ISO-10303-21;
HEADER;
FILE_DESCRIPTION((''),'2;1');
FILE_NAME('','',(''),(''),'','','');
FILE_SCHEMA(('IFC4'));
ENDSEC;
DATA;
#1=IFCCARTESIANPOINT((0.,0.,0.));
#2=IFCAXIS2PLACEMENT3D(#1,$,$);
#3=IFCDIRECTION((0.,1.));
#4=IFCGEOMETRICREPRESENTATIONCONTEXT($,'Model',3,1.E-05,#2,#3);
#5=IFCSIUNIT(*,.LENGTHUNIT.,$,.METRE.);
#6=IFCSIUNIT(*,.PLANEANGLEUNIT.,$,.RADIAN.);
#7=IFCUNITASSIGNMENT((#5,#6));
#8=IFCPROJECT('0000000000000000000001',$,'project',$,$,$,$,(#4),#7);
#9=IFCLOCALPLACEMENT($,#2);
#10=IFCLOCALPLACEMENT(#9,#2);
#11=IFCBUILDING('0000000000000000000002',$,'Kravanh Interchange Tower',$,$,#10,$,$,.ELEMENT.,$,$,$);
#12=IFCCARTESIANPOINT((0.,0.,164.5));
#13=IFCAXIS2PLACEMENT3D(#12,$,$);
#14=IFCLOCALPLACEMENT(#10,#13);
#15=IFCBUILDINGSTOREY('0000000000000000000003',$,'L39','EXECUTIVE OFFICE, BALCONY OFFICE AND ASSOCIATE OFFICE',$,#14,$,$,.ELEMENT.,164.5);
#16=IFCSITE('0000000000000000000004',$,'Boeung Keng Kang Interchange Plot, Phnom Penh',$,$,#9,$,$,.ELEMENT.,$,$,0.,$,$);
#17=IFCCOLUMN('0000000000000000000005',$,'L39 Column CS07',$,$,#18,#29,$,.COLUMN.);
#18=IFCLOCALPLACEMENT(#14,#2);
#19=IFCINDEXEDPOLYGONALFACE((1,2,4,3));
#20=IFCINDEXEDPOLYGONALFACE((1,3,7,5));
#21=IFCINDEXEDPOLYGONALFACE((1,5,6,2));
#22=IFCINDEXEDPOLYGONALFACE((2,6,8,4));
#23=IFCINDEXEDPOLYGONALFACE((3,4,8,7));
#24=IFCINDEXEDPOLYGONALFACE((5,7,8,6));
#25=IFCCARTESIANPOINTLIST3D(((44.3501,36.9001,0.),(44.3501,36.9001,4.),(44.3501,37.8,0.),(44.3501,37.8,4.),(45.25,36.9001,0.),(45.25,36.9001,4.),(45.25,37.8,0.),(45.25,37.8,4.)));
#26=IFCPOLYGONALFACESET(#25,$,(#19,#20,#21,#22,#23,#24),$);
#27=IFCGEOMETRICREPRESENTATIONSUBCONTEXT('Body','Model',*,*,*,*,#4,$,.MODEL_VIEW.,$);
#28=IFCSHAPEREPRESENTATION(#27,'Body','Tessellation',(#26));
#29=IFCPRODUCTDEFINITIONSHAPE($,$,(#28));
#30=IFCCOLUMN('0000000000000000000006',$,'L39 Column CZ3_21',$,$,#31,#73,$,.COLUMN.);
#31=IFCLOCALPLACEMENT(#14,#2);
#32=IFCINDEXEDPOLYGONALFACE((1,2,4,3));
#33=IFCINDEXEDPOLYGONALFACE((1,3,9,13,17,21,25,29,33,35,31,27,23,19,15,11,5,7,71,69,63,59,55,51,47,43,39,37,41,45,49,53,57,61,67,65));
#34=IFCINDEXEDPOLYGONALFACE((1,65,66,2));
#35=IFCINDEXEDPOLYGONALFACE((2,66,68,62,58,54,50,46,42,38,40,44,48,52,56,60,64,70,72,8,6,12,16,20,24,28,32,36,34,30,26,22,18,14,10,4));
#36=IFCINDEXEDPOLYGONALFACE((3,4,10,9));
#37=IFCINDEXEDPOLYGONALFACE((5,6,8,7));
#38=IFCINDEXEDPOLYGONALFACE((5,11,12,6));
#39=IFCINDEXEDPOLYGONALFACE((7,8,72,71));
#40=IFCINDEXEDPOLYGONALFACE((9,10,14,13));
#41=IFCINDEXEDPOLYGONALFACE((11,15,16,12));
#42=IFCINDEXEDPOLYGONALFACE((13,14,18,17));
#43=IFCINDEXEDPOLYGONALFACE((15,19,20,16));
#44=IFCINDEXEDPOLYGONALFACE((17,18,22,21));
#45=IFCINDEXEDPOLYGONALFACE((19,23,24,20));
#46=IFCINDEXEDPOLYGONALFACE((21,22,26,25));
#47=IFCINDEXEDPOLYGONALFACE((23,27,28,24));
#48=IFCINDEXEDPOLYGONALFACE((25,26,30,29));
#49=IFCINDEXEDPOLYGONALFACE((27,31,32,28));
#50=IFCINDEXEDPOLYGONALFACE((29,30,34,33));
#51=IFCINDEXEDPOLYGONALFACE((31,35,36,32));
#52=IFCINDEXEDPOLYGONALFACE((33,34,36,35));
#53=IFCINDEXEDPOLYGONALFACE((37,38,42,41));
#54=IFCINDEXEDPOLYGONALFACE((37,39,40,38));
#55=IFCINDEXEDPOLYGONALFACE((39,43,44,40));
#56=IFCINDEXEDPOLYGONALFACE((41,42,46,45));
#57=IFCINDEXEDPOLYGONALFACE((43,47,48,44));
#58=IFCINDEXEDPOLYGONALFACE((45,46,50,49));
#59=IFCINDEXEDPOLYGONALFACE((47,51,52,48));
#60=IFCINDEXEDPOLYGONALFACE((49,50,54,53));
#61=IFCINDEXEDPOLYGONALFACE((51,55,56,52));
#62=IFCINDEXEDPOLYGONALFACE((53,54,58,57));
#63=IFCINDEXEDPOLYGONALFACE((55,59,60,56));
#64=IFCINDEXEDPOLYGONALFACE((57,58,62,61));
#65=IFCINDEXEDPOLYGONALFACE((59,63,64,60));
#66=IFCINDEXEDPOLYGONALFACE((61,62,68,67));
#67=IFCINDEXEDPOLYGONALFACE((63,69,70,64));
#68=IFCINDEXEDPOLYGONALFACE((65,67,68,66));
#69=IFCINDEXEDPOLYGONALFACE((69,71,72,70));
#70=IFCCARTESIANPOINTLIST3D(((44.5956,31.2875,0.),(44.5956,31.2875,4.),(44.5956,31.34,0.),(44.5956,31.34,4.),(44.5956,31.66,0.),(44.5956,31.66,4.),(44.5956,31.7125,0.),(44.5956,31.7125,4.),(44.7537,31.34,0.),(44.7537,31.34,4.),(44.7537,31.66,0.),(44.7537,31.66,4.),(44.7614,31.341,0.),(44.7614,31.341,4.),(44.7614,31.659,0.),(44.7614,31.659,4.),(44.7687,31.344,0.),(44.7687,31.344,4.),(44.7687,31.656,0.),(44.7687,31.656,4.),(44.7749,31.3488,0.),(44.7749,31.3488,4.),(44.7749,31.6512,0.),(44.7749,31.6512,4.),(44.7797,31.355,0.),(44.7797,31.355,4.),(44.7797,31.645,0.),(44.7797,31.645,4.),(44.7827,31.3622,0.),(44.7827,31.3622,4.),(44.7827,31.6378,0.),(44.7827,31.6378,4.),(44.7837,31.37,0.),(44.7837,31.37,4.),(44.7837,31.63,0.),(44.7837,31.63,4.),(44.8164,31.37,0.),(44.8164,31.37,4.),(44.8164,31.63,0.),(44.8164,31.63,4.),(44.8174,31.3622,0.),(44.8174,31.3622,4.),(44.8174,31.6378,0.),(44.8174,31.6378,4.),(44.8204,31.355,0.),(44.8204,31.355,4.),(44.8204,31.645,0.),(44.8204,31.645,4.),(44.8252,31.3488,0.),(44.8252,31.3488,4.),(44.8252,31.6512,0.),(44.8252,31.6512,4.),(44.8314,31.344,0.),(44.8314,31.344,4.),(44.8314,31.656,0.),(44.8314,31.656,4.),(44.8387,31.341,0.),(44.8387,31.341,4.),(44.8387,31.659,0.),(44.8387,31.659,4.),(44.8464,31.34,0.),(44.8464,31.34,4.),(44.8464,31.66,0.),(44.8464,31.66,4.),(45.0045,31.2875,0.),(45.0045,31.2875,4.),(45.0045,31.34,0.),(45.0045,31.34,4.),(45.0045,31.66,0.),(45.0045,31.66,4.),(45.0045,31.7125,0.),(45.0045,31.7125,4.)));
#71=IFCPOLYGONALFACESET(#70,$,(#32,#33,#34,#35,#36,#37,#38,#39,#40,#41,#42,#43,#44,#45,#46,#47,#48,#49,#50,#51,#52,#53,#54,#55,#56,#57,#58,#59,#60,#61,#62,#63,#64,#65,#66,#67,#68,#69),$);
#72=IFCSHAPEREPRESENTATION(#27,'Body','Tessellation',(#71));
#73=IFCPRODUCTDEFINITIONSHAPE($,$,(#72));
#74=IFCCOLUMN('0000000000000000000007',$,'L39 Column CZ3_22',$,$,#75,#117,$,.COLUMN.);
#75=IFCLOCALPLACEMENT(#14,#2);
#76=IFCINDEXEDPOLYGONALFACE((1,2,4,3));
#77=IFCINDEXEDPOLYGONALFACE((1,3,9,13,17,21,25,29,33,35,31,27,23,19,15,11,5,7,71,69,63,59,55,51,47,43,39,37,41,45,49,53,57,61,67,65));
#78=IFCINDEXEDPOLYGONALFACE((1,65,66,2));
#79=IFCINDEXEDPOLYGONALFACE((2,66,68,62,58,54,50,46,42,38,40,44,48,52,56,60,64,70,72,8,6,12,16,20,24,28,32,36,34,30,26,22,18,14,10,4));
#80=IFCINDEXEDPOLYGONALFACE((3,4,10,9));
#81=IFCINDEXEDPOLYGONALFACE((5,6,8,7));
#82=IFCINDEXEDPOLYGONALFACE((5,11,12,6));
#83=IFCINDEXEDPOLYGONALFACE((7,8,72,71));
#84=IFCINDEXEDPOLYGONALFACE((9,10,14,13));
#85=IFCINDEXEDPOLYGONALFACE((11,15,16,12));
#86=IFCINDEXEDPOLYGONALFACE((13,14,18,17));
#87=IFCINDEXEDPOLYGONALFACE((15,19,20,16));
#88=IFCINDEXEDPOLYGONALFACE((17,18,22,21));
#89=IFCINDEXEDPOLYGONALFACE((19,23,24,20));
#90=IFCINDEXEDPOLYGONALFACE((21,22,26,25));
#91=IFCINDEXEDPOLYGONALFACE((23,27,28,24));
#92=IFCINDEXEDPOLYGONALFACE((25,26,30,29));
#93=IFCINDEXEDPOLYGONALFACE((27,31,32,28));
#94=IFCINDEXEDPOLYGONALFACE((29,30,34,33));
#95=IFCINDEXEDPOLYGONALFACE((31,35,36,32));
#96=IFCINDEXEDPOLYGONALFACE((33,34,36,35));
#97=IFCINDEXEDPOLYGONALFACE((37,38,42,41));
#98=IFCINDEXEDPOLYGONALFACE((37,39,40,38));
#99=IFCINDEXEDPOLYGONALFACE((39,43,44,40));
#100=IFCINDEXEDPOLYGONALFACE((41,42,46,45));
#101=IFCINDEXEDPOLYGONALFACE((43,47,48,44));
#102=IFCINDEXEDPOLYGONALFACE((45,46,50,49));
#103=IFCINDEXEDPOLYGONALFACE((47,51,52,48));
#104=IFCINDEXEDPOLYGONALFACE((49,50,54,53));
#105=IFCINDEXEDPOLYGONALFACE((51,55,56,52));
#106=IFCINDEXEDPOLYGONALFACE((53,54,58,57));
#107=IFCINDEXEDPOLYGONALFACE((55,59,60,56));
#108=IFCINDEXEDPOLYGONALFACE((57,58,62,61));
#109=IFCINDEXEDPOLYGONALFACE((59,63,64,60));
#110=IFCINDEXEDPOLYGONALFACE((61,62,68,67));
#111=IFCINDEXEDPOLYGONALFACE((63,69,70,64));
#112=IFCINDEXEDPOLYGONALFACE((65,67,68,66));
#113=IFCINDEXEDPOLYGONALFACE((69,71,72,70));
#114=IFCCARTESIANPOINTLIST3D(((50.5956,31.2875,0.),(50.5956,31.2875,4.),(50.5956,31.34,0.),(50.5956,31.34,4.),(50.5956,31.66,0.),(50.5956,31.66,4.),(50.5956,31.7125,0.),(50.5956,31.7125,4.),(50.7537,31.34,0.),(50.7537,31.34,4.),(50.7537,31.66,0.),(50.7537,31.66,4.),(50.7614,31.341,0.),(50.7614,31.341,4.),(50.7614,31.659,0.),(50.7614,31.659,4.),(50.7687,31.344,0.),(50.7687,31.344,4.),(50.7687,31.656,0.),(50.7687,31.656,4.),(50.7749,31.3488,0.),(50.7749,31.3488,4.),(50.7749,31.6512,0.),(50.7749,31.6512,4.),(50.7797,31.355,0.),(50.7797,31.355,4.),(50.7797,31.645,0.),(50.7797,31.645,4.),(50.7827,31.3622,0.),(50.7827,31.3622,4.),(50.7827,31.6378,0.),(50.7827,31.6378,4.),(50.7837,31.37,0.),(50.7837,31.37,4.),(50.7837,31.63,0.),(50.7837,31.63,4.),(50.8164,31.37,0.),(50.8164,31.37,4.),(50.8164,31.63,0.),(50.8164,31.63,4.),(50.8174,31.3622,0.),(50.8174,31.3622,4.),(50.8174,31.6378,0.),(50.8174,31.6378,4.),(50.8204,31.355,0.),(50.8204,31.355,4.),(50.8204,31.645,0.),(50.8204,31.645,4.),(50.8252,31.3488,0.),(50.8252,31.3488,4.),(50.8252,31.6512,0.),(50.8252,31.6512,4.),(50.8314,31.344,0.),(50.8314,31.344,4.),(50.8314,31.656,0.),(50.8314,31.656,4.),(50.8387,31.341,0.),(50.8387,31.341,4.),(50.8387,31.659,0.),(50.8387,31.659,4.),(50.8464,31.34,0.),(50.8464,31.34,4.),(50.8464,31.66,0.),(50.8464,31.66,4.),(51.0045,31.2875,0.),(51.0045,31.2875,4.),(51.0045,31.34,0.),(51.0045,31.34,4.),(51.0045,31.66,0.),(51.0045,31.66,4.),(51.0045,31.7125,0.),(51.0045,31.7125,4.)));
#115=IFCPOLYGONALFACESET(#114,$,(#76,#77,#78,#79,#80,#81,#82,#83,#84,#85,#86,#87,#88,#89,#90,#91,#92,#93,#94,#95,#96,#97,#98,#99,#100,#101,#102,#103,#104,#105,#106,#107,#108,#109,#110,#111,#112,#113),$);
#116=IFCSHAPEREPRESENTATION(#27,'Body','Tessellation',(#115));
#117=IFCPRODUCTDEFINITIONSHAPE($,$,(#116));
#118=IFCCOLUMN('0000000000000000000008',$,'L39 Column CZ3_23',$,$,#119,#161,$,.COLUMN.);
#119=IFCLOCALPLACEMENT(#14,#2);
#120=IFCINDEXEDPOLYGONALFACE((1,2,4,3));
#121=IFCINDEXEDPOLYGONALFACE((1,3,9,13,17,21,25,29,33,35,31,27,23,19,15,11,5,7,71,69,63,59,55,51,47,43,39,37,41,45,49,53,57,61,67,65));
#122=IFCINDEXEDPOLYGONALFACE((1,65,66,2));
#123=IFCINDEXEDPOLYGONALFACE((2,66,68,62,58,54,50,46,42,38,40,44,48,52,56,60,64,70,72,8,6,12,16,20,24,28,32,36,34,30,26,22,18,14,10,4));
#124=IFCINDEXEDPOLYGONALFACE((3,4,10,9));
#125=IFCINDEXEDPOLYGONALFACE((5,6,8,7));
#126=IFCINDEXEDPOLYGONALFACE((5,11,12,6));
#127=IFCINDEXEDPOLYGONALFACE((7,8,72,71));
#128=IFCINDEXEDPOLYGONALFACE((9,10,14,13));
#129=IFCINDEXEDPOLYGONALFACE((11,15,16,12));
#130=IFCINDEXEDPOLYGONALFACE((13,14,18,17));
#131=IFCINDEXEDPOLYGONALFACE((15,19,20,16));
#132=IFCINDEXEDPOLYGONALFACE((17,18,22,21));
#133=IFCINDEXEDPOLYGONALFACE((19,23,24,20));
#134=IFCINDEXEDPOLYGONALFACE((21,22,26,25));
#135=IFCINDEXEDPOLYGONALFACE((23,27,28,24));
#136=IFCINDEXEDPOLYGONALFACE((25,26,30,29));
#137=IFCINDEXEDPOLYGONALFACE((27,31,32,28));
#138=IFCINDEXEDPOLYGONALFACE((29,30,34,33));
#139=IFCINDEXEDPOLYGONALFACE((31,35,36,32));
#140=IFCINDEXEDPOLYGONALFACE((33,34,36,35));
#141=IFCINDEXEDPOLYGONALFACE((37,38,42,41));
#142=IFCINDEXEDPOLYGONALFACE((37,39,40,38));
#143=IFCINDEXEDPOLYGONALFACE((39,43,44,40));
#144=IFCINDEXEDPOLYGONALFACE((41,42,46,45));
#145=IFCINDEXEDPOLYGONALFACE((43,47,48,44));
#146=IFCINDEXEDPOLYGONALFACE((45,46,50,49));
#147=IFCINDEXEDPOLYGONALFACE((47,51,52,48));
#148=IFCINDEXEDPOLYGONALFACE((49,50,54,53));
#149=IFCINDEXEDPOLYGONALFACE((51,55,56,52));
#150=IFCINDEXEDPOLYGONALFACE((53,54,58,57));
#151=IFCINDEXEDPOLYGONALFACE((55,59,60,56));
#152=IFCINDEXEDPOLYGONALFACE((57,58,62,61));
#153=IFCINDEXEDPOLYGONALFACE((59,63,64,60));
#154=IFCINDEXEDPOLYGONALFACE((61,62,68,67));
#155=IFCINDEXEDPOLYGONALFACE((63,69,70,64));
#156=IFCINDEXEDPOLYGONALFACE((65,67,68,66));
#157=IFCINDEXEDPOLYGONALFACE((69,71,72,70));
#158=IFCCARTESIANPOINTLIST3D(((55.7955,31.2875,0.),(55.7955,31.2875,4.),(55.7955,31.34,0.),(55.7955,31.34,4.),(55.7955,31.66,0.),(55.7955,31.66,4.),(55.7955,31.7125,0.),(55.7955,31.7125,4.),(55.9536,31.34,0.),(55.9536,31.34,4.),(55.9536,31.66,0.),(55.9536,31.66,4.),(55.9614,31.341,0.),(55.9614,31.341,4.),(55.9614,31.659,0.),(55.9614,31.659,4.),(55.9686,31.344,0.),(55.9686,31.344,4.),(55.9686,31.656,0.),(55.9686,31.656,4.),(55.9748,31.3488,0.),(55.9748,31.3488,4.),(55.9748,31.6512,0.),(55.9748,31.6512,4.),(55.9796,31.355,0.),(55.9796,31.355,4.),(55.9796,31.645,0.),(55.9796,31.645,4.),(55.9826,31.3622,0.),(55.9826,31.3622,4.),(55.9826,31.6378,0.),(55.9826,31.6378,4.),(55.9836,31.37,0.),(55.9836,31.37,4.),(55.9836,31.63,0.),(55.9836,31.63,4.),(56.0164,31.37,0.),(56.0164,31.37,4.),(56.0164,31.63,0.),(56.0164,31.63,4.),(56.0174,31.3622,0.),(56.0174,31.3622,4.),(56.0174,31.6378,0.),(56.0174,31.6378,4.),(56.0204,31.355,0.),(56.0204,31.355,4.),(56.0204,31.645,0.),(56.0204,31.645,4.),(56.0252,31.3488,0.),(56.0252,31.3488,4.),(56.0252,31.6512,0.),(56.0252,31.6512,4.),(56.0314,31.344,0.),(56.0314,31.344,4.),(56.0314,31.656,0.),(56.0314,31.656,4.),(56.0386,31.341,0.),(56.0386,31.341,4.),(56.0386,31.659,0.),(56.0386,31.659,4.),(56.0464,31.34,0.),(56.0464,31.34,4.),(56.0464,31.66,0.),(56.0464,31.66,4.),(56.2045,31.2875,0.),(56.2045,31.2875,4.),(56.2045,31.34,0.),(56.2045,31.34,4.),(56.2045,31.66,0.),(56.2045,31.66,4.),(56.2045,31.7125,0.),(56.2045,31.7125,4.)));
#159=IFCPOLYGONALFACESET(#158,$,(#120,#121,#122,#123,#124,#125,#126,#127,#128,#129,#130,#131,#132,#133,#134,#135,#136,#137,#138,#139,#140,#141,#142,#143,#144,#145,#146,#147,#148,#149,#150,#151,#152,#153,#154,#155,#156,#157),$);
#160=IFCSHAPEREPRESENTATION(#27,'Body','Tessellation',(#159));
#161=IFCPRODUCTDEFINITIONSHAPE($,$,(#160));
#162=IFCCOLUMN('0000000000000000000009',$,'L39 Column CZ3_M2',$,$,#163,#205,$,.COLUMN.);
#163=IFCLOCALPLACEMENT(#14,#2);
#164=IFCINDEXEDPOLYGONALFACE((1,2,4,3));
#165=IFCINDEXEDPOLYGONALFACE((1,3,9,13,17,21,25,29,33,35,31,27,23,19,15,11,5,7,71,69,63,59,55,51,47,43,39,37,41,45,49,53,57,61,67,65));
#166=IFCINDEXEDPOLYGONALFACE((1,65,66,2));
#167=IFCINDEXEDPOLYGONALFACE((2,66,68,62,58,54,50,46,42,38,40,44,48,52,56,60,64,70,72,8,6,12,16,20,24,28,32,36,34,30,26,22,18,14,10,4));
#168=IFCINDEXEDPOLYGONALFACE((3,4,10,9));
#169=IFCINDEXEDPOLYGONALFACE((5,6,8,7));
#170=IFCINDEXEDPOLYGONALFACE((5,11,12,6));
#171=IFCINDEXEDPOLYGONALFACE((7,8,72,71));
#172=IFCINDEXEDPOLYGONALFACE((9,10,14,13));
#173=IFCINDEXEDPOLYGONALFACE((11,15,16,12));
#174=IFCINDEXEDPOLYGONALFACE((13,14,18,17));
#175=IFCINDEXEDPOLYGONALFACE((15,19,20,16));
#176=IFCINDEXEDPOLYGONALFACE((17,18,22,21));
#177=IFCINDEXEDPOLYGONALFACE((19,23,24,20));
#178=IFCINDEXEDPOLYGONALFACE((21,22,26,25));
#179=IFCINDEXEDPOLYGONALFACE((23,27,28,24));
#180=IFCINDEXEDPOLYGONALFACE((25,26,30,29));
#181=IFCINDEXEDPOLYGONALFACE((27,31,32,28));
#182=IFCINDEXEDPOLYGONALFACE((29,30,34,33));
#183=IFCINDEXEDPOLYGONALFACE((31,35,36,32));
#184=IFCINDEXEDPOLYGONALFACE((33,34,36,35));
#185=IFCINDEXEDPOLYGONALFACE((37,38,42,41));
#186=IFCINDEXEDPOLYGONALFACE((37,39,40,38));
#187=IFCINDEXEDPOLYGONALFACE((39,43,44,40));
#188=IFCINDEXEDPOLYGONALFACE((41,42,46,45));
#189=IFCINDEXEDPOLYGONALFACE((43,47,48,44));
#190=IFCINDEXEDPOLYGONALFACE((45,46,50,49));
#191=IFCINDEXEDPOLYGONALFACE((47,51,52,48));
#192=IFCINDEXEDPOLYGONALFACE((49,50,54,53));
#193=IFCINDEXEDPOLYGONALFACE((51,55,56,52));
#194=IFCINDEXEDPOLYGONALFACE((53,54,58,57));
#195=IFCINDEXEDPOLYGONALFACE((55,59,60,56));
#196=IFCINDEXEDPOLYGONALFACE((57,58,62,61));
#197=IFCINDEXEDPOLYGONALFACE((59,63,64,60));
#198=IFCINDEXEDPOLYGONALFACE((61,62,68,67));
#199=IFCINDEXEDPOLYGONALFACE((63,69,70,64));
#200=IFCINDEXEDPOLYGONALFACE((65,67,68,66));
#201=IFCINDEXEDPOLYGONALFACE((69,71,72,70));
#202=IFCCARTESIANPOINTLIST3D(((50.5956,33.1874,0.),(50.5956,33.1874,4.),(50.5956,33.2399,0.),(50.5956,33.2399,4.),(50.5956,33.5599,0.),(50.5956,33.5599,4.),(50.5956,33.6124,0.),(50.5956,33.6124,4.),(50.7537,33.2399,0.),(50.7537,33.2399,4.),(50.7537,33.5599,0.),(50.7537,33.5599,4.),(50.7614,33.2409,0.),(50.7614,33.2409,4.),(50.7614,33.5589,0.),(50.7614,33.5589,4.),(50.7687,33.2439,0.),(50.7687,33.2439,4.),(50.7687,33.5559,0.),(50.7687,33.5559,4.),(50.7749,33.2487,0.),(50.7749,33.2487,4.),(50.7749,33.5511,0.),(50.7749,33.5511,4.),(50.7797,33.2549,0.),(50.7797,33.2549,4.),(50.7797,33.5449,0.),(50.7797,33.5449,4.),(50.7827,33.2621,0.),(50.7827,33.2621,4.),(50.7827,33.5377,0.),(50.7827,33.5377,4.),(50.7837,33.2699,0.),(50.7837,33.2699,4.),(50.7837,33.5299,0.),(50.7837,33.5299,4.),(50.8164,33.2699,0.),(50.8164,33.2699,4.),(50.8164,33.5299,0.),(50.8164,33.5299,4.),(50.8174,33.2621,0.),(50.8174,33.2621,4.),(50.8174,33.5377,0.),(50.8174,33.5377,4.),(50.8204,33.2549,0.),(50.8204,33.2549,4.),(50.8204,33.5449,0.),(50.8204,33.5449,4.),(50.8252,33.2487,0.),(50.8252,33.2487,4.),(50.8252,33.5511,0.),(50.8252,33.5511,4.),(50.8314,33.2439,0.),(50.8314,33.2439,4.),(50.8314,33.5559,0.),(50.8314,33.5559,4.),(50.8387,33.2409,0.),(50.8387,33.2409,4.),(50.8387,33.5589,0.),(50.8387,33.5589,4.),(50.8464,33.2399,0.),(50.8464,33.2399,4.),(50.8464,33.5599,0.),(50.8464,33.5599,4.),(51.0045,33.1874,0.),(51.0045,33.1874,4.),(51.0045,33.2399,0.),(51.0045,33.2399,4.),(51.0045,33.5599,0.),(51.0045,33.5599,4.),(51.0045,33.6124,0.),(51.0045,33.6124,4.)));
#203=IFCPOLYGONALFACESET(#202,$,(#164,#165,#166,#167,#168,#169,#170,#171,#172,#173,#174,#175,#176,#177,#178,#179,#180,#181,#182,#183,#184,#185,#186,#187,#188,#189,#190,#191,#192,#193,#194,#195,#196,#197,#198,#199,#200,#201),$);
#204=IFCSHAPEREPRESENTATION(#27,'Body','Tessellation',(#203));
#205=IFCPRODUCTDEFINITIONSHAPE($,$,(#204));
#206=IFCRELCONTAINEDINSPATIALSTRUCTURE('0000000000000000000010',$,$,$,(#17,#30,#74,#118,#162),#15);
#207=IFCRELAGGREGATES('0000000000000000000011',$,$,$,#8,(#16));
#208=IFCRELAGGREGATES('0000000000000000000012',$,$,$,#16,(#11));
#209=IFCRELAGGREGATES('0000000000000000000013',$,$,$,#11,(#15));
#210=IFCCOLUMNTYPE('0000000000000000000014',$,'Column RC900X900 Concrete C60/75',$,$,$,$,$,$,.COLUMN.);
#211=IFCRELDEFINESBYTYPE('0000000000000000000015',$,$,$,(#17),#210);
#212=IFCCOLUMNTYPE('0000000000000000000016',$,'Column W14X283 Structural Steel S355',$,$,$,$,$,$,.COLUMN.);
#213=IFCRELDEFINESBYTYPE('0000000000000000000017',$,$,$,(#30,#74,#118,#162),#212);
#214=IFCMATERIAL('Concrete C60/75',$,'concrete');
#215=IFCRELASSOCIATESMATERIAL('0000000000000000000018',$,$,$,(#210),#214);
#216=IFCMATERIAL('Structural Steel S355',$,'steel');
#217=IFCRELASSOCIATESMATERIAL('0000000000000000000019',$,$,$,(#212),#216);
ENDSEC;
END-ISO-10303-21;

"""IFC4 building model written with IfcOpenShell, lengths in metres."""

from ifc_helpers import new_model, si_unit, direction, frame, origin, origin_2d, place, context, subcontext, project, spatial, rectangle, i_section, extrude, material, material_profile, profile_set, type_object, element, save


model = new_model("IFC4")

# Units and contexts
model_context = context("Model", 3, precision=1e-05, world=origin(), true_north=direction((0.0, 1.0)))
body_context = subcontext(model_context, "Body", "Model", "MODEL_VIEW")
ifc_project = project(units=[si_unit("LENGTHUNIT", "METRE"), si_unit("PLANEANGLEUNIT", "RADIAN")], contexts=[model_context])

# Site, building, storey
site_placement = place(None, origin())
site = spatial("IfcSite", under=ifc_project, at=site_placement, Name="Boeung Keng Kang Interchange Plot, Phnom Penh", CompositionType="ELEMENT", RefElevation=0.0)
building_placement = place(site_placement, origin())
building = spatial("IfcBuilding", under=site, at=building_placement, Name="Kravanh Interchange Tower", CompositionType="ELEMENT")
storey_placement = place(building_placement, frame((0.0, 0.0, 164.5)))
storey = spatial("IfcBuildingStorey", under=building, at=storey_placement, Name="L39", Description="EXECUTIVE OFFICE, BALCONY OFFICE AND ASSOCIATE OFFICE", CompositionType="ELEMENT", Elevation=164.5)

# Columns
ifc_material_1 = material(Name="Concrete C60/75", Category="concrete")
ifc_material_profile_1 = material_profile(ifc_material_1, rectangle(XDim=0.8999, YDim=0.8999, at=origin_2d()), Name="RC900X900")
ifc_profile_set_1 = profile_set([ifc_material_profile_1], Name="Concrete C60/75")
column_type_1 = type_object("IfcColumnType", Name="Column RC900X900 Concrete C60/75", PredefinedType="COLUMN", material=ifc_profile_set_1)
column_placement = place(storey_placement, frame((44.8, 37.3501, 0.0), z_axis=(0.0, 0.0, 1.0), x_axis=(1.0, 0.0, 0.0)))
element("IfcColumn", 1, at=column_placement, inside=storey, type_object=column_type_1, Name="L39 Column CS07", PredefinedType="COLUMN", context=body_context, shape_type="SweptSolid", body=[
    extrude(rectangle(XDim=0.8999, YDim=0.8999, at=origin_2d()), origin(), (0.0, 0.0, 1.0), 4.0),
])
ifc_material_2 = material(Name="Structural Steel S355", Category="steel")
ifc_material_profile_2 = material_profile(ifc_material_2, i_section(OverallWidth=0.4089, OverallDepth=0.425, WebThickness=0.0327, FlangeThickness=0.0525, FilletRadius=0.03, at=origin_2d()), Name="W14X283")
ifc_profile_set_2 = profile_set([ifc_material_profile_2], Name="Structural Steel S355")
column_type_2 = type_object("IfcColumnType", Name="Column W14X283 Structural Steel S355", PredefinedType="COLUMN", material=ifc_profile_set_2)
for number, where, z_axis, x_axis, name in (
    (2, (44.8, 31.5, 0.0), (0.0, 0.0, 1.0), (1.0, 0.0, 0.0), "L39 Column CZ3_21"),
    (3, (50.8, 31.5, 0.0), (0.0, 0.0, 1.0), (1.0, 0.0, 0.0), "L39 Column CZ3_22"),
    (4, (56.0, 31.5, 0.0), (0.0, 0.0, 1.0), (1.0, 0.0, 0.0), "L39 Column CZ3_23"),
    (5, (50.8, 33.3999, 0.0), (0.0, 0.0, 1.0), (1.0, 0.0, 0.0), "L39 Column CZ3_M2"),
):
    element("IfcColumn", number, at=place(storey_placement, frame(where, z_axis=z_axis, x_axis=x_axis)), inside=storey, type_object=column_type_2, Name=name, PredefinedType="COLUMN", context=body_context, shape_type="SweptSolid", body=[
        extrude(i_section(OverallWidth=0.4089, OverallDepth=0.425, WebThickness=0.0327, FlangeThickness=0.0525, FilletRadius=0.03, at=origin_2d()), origin(), (0.0, 0.0, 1.0), 4.0),
    ])

save(model, "model.ifc")
